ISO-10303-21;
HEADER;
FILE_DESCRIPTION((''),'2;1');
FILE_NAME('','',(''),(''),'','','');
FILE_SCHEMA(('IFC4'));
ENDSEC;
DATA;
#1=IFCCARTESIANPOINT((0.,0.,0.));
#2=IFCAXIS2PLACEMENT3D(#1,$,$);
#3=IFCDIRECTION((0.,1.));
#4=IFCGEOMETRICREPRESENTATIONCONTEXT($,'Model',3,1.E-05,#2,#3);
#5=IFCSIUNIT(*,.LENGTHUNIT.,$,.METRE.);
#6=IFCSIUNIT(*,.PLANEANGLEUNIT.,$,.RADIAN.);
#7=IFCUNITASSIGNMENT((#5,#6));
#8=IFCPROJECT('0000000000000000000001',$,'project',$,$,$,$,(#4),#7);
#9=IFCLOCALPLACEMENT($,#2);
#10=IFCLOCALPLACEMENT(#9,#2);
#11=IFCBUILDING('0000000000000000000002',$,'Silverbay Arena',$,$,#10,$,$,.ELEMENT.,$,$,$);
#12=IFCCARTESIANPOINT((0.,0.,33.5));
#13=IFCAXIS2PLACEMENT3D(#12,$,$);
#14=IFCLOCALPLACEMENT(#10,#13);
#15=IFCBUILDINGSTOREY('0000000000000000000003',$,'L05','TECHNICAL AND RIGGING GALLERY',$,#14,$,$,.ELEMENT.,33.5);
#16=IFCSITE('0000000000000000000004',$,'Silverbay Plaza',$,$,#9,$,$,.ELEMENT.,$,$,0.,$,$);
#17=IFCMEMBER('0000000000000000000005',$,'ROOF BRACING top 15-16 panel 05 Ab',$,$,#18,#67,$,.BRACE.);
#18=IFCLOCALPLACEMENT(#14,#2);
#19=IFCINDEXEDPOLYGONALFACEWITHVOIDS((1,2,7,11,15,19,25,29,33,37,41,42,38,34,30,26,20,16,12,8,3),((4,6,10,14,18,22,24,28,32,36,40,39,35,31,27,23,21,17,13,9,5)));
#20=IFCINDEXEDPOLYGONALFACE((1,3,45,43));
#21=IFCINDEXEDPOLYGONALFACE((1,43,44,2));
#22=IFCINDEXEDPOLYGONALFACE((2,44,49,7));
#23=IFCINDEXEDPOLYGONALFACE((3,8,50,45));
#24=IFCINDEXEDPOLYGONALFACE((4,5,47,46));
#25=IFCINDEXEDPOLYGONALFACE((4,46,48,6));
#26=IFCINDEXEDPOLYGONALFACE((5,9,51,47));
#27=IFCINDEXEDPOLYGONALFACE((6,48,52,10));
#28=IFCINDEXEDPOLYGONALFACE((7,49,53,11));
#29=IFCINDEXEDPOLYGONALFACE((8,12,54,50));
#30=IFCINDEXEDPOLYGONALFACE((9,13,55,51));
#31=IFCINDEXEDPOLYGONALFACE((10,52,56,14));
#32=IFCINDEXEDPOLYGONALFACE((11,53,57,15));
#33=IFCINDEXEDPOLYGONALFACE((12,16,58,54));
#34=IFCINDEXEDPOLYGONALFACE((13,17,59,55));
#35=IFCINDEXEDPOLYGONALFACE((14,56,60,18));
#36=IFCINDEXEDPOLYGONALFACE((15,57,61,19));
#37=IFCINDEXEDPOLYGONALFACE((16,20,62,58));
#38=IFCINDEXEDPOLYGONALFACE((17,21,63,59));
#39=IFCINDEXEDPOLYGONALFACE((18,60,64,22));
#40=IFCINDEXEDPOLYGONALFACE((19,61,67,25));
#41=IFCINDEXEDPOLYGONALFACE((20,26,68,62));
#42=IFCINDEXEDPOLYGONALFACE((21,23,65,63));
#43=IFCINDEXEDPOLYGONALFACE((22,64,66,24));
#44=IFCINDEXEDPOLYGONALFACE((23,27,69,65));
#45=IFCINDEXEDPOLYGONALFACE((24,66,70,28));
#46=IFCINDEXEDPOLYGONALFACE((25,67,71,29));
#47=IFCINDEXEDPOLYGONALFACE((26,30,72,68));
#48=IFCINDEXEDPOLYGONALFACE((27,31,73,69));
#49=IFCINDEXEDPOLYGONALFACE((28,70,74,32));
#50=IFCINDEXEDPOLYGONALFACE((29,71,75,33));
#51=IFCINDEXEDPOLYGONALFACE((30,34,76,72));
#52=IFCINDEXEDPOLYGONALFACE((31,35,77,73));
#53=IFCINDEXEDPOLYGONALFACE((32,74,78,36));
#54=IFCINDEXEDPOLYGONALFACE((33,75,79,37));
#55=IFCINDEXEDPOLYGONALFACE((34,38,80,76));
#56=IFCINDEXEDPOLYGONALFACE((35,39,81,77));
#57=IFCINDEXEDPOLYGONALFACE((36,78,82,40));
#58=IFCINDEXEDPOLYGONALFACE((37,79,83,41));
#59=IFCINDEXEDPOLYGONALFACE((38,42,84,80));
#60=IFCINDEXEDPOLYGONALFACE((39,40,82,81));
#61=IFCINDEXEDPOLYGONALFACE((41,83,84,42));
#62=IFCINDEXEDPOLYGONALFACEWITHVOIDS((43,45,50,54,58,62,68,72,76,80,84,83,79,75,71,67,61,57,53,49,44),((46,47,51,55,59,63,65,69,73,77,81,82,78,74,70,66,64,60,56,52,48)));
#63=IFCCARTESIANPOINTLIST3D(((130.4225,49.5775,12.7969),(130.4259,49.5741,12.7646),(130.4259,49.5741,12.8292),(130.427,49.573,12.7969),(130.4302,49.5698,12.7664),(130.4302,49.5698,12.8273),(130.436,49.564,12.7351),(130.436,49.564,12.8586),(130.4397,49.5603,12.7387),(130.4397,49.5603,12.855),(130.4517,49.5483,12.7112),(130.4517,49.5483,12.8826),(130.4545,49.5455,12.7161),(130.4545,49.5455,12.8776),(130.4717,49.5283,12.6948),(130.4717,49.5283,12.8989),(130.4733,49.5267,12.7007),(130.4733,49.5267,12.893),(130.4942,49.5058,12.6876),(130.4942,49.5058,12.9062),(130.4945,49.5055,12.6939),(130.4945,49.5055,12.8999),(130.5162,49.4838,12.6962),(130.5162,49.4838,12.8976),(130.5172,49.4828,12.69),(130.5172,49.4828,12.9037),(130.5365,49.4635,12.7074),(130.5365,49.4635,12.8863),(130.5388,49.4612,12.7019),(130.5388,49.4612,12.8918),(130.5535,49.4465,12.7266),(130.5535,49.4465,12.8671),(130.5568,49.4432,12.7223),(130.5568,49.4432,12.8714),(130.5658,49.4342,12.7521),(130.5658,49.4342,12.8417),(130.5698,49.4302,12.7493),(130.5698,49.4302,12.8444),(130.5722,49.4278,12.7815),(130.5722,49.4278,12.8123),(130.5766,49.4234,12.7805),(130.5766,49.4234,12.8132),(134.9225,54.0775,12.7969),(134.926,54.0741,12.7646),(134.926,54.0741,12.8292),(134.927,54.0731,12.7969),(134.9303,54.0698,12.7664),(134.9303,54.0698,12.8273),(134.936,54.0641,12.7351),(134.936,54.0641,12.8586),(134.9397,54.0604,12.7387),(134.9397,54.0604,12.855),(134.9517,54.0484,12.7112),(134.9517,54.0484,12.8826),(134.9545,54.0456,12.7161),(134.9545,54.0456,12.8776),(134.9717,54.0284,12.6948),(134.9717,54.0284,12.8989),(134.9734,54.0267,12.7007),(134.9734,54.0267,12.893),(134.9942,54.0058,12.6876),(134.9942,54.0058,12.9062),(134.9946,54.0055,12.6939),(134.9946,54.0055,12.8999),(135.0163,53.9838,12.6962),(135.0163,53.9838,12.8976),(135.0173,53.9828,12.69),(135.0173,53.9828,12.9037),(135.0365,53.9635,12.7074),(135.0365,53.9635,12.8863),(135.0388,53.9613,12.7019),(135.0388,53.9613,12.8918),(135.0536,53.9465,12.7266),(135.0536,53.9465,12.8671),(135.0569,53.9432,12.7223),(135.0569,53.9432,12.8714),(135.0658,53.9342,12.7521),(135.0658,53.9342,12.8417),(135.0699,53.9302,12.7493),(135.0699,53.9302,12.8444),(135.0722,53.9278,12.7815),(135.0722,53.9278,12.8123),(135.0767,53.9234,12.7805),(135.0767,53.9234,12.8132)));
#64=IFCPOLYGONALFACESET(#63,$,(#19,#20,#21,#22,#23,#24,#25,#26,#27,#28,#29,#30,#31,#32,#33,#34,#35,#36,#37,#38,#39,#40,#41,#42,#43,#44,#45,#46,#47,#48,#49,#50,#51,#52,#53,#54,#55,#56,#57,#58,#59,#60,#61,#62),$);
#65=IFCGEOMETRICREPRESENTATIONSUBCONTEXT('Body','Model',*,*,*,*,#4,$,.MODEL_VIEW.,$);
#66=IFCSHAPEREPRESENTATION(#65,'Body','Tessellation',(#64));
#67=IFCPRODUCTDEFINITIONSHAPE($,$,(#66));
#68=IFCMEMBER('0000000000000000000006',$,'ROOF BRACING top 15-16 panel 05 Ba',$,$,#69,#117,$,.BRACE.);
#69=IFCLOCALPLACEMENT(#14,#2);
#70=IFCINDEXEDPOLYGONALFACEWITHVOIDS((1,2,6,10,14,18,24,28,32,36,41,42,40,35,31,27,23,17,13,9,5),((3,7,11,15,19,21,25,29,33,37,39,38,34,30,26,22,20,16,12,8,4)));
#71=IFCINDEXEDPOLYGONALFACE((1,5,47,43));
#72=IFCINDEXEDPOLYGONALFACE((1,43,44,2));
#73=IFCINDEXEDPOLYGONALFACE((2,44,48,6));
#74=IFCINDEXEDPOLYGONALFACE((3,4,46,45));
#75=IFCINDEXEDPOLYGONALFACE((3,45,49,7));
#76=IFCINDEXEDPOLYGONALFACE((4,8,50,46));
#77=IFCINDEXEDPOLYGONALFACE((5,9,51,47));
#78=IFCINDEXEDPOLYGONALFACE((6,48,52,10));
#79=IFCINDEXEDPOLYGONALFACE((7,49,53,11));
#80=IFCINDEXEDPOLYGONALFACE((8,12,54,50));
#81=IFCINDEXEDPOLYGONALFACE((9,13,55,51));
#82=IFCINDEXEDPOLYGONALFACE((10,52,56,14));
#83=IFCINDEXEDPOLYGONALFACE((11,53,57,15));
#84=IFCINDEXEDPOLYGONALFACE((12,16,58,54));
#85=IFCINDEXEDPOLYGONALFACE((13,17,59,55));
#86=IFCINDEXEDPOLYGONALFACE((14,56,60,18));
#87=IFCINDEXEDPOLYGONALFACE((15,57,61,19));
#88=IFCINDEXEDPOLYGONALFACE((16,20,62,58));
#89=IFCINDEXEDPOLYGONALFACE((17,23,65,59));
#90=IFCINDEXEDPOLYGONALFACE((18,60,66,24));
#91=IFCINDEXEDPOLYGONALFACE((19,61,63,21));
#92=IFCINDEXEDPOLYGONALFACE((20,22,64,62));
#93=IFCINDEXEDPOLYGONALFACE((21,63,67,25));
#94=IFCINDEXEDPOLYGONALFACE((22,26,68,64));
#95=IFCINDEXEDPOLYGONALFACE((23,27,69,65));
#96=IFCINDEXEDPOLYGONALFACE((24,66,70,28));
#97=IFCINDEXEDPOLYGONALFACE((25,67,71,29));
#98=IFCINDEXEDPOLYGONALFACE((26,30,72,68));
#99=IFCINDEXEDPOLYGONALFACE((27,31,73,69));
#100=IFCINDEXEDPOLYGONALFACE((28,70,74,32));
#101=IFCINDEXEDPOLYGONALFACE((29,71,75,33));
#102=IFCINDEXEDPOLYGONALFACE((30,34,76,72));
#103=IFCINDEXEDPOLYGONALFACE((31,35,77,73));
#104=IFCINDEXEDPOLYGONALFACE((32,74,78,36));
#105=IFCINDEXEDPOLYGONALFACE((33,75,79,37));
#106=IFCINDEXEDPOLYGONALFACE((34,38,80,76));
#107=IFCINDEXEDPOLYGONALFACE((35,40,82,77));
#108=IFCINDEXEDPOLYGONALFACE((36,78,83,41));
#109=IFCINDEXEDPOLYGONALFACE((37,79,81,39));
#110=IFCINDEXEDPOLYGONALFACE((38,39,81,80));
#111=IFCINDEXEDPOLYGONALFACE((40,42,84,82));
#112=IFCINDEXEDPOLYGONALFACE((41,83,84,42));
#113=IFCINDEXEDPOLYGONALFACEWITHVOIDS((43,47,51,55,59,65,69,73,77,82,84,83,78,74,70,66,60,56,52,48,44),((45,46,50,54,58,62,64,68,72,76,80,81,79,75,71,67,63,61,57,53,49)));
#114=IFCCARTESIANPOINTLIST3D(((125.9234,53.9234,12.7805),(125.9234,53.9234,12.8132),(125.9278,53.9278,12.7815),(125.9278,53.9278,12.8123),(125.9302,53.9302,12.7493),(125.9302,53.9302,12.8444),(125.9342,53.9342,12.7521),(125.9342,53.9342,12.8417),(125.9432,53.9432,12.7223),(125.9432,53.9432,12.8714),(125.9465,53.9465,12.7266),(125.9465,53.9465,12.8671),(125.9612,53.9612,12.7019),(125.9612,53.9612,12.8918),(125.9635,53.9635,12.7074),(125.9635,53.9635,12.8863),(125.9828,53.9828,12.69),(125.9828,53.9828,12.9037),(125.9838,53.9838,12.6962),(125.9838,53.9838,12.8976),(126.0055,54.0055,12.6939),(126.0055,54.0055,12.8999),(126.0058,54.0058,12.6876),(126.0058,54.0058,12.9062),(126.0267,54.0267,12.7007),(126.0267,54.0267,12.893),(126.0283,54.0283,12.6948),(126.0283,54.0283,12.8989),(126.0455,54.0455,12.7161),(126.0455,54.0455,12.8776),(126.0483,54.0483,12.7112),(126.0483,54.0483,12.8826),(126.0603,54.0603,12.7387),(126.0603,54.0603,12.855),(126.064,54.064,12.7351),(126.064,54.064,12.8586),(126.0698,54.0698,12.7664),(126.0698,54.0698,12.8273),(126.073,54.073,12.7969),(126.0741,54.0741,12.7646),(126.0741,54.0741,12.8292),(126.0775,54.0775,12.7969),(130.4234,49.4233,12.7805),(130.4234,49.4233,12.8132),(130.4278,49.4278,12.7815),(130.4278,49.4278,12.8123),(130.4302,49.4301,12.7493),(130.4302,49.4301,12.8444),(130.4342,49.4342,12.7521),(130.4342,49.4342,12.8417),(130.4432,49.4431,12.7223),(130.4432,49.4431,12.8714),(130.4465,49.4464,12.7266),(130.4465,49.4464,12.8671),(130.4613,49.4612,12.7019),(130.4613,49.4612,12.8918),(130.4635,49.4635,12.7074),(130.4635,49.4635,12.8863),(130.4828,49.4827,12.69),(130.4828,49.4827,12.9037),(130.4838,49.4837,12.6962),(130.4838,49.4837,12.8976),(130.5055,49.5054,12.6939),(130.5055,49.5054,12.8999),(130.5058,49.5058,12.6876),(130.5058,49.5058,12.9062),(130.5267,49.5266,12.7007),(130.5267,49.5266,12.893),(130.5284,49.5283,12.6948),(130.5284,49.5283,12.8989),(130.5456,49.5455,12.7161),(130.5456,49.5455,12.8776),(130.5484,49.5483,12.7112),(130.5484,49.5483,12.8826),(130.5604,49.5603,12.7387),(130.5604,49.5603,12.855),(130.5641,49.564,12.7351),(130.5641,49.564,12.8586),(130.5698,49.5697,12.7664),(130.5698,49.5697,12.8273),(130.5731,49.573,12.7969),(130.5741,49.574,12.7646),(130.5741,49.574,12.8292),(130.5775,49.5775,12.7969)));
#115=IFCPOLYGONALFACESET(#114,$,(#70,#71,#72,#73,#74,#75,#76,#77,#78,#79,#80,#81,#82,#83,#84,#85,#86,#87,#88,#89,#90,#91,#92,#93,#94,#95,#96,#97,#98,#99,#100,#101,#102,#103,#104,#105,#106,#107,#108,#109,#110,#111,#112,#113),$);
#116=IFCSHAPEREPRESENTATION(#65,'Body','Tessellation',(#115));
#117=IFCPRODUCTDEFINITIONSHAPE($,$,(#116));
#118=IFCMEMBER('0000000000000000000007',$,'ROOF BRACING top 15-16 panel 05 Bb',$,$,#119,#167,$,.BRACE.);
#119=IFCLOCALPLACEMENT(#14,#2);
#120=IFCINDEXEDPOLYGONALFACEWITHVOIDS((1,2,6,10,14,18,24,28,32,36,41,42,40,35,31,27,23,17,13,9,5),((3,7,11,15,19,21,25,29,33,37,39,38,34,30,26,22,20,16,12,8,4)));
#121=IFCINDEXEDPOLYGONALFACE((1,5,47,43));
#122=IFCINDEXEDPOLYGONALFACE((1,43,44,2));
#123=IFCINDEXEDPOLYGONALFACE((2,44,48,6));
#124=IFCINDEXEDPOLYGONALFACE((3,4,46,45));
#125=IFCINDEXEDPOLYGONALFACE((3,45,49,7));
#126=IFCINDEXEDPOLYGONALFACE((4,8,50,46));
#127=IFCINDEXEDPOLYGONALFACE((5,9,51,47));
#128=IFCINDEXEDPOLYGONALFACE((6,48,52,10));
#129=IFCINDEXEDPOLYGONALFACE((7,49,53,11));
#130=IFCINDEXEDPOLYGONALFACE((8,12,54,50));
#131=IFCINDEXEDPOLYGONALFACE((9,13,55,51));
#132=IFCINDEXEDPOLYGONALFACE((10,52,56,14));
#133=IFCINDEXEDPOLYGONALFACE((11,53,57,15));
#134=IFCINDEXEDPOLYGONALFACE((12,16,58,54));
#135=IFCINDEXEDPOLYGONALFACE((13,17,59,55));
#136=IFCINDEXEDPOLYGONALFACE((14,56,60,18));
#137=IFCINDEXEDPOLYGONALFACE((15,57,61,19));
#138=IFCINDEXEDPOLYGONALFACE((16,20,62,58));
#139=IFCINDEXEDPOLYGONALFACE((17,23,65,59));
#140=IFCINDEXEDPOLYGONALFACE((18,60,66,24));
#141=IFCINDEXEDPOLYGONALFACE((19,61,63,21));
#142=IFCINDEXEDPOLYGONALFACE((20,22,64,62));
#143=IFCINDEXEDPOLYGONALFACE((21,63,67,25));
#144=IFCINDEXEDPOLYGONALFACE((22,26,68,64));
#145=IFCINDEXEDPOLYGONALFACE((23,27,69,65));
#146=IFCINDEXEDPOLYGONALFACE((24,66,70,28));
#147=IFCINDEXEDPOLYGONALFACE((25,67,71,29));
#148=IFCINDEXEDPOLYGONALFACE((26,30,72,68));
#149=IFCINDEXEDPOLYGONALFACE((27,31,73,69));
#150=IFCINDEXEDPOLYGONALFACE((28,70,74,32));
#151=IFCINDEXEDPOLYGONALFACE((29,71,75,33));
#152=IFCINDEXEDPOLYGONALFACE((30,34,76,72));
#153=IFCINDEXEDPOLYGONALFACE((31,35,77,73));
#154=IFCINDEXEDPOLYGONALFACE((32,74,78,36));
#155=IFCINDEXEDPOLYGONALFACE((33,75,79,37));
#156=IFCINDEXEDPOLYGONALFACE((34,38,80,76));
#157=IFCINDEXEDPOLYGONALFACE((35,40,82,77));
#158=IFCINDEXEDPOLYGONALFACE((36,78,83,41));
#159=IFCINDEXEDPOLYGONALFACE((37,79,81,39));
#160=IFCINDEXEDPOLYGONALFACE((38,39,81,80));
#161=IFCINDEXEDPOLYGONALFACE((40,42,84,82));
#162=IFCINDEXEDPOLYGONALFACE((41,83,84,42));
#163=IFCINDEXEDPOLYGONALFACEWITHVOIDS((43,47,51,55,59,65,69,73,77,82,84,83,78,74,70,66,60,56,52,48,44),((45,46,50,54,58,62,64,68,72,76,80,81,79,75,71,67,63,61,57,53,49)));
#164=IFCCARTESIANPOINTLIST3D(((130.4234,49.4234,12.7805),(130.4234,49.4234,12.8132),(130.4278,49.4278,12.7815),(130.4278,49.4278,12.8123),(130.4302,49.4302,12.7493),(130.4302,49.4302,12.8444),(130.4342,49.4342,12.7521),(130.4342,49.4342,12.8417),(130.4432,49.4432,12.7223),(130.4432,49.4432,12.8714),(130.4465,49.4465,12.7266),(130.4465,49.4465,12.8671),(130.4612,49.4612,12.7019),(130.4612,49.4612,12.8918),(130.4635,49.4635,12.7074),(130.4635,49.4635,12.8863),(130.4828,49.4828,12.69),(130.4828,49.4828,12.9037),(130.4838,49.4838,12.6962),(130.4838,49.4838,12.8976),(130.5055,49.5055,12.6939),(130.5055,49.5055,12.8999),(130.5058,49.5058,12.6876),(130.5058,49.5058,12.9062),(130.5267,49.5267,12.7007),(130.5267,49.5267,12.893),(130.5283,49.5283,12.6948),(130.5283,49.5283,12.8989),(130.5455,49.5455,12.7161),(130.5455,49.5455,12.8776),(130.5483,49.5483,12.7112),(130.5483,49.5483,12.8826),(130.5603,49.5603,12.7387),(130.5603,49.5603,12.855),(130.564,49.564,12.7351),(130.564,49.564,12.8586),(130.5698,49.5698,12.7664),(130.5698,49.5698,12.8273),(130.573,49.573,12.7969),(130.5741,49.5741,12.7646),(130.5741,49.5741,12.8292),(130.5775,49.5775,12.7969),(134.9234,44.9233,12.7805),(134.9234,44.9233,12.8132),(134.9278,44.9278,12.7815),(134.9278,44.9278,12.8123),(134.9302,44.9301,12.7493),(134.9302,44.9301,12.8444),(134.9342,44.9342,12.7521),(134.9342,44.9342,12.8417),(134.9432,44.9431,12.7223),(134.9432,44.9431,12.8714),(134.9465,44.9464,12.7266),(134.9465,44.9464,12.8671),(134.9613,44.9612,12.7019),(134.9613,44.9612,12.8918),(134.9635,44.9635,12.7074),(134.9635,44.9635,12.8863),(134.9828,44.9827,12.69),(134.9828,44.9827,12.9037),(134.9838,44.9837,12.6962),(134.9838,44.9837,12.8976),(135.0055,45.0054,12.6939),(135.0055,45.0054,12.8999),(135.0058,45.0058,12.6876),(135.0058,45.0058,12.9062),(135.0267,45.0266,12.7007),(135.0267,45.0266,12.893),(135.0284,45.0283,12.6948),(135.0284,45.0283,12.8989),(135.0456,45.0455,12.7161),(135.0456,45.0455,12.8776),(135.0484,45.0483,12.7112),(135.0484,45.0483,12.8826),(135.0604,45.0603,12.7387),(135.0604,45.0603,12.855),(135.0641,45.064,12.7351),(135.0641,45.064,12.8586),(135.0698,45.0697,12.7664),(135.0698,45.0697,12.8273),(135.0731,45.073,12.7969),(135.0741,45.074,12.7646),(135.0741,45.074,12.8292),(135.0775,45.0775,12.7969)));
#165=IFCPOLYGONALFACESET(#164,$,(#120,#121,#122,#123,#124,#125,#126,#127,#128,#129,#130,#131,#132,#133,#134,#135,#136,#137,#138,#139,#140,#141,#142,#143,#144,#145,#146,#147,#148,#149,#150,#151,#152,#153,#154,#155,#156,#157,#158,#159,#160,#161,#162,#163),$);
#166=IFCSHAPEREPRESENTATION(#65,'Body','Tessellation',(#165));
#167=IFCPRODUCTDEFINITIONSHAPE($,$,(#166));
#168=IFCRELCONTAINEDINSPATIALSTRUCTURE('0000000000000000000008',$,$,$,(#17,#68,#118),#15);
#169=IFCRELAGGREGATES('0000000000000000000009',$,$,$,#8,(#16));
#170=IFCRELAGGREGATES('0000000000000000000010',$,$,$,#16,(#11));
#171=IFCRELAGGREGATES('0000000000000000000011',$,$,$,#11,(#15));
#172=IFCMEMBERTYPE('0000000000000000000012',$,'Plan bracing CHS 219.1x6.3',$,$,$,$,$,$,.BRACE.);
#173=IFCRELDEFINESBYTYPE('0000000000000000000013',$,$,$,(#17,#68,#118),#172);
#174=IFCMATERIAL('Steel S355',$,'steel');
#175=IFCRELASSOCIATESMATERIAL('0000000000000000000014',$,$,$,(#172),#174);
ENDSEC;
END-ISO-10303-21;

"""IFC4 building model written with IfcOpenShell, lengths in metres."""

from ifc_helpers import new_model, si_unit, direction, frame, origin, origin_2d, place, context, subcontext, project, spatial, hollow_circle, extrude, material, material_profile, profile_set, type_object, element, save


model = new_model("IFC4")

# Units and contexts
model_context = context("Model", 3, precision=1e-05, world=origin(), true_north=direction((0.0, 1.0)))
body_context = subcontext(model_context, "Body", "Model", "MODEL_VIEW")
ifc_project = project(units=[si_unit("LENGTHUNIT", "METRE"), si_unit("PLANEANGLEUNIT", "RADIAN")], contexts=[model_context])

# Site, building, storey
site_placement = place(None, origin())
site = spatial("IfcSite", under=ifc_project, at=site_placement, Name="Silverbay Plaza", CompositionType="ELEMENT", RefElevation=0.0)
building_placement = place(site_placement, origin())
building = spatial("IfcBuilding", under=site, at=building_placement, Name="Silverbay Arena", CompositionType="ELEMENT")
storey_placement = place(building_placement, frame((0.0, 0.0, 33.5)))
storey = spatial("IfcBuildingStorey", under=building, at=storey_placement, Name="L05", Description="TECHNICAL AND RIGGING GALLERY", CompositionType="ELEMENT", Elevation=33.5)

# Members
ifc_material_1 = material(Name="Steel S355", Category="steel")
ifc_material_profile_1 = material_profile(ifc_material_1, hollow_circle(Radius=0.1096, WallThickness=0.0063, at=origin_2d()), Name="CHS 219.1x6.3")
ifc_profile_set_1 = profile_set([ifc_material_profile_1], Name="Steel S355")
member_type_1 = type_object("IfcMemberType", Name="Plan bracing CHS 219.1x6.3", PredefinedType="BRACE", material=ifc_profile_set_1)
for number, where, z_axis, x_axis, name in (
    (1, (130.5, 49.5, 12.7969), (0.707107, 0.707107, 0.0), (-0.707107, 0.707107, 0.0), "ROOF BRACING top 15-16 panel 05 Ab"),
    (2, (126.0, 54.0, 12.7969), (0.707107, -0.707107, 0.0), (0.707107, 0.707107, 0.0), "ROOF BRACING top 15-16 panel 05 Ba"),
    (3, (130.5, 49.5, 12.7969), (0.707107, -0.707107, 0.0), (0.707107, 0.707107, 0.0), "ROOF BRACING top 15-16 panel 05 Bb"),
):
    element("IfcMember", number, at=place(storey_placement, frame(where, z_axis=z_axis, x_axis=x_axis)), inside=storey, type_object=member_type_1, Name=name, PredefinedType="BRACE", context=body_context, shape_type="SweptSolid", body=[
        extrude(hollow_circle(Radius=0.1096, WallThickness=0.0063, at=origin_2d()), origin(), (0.0, 0.0, 1.0), 6.364),
    ])

save(model, "model.ifc")
